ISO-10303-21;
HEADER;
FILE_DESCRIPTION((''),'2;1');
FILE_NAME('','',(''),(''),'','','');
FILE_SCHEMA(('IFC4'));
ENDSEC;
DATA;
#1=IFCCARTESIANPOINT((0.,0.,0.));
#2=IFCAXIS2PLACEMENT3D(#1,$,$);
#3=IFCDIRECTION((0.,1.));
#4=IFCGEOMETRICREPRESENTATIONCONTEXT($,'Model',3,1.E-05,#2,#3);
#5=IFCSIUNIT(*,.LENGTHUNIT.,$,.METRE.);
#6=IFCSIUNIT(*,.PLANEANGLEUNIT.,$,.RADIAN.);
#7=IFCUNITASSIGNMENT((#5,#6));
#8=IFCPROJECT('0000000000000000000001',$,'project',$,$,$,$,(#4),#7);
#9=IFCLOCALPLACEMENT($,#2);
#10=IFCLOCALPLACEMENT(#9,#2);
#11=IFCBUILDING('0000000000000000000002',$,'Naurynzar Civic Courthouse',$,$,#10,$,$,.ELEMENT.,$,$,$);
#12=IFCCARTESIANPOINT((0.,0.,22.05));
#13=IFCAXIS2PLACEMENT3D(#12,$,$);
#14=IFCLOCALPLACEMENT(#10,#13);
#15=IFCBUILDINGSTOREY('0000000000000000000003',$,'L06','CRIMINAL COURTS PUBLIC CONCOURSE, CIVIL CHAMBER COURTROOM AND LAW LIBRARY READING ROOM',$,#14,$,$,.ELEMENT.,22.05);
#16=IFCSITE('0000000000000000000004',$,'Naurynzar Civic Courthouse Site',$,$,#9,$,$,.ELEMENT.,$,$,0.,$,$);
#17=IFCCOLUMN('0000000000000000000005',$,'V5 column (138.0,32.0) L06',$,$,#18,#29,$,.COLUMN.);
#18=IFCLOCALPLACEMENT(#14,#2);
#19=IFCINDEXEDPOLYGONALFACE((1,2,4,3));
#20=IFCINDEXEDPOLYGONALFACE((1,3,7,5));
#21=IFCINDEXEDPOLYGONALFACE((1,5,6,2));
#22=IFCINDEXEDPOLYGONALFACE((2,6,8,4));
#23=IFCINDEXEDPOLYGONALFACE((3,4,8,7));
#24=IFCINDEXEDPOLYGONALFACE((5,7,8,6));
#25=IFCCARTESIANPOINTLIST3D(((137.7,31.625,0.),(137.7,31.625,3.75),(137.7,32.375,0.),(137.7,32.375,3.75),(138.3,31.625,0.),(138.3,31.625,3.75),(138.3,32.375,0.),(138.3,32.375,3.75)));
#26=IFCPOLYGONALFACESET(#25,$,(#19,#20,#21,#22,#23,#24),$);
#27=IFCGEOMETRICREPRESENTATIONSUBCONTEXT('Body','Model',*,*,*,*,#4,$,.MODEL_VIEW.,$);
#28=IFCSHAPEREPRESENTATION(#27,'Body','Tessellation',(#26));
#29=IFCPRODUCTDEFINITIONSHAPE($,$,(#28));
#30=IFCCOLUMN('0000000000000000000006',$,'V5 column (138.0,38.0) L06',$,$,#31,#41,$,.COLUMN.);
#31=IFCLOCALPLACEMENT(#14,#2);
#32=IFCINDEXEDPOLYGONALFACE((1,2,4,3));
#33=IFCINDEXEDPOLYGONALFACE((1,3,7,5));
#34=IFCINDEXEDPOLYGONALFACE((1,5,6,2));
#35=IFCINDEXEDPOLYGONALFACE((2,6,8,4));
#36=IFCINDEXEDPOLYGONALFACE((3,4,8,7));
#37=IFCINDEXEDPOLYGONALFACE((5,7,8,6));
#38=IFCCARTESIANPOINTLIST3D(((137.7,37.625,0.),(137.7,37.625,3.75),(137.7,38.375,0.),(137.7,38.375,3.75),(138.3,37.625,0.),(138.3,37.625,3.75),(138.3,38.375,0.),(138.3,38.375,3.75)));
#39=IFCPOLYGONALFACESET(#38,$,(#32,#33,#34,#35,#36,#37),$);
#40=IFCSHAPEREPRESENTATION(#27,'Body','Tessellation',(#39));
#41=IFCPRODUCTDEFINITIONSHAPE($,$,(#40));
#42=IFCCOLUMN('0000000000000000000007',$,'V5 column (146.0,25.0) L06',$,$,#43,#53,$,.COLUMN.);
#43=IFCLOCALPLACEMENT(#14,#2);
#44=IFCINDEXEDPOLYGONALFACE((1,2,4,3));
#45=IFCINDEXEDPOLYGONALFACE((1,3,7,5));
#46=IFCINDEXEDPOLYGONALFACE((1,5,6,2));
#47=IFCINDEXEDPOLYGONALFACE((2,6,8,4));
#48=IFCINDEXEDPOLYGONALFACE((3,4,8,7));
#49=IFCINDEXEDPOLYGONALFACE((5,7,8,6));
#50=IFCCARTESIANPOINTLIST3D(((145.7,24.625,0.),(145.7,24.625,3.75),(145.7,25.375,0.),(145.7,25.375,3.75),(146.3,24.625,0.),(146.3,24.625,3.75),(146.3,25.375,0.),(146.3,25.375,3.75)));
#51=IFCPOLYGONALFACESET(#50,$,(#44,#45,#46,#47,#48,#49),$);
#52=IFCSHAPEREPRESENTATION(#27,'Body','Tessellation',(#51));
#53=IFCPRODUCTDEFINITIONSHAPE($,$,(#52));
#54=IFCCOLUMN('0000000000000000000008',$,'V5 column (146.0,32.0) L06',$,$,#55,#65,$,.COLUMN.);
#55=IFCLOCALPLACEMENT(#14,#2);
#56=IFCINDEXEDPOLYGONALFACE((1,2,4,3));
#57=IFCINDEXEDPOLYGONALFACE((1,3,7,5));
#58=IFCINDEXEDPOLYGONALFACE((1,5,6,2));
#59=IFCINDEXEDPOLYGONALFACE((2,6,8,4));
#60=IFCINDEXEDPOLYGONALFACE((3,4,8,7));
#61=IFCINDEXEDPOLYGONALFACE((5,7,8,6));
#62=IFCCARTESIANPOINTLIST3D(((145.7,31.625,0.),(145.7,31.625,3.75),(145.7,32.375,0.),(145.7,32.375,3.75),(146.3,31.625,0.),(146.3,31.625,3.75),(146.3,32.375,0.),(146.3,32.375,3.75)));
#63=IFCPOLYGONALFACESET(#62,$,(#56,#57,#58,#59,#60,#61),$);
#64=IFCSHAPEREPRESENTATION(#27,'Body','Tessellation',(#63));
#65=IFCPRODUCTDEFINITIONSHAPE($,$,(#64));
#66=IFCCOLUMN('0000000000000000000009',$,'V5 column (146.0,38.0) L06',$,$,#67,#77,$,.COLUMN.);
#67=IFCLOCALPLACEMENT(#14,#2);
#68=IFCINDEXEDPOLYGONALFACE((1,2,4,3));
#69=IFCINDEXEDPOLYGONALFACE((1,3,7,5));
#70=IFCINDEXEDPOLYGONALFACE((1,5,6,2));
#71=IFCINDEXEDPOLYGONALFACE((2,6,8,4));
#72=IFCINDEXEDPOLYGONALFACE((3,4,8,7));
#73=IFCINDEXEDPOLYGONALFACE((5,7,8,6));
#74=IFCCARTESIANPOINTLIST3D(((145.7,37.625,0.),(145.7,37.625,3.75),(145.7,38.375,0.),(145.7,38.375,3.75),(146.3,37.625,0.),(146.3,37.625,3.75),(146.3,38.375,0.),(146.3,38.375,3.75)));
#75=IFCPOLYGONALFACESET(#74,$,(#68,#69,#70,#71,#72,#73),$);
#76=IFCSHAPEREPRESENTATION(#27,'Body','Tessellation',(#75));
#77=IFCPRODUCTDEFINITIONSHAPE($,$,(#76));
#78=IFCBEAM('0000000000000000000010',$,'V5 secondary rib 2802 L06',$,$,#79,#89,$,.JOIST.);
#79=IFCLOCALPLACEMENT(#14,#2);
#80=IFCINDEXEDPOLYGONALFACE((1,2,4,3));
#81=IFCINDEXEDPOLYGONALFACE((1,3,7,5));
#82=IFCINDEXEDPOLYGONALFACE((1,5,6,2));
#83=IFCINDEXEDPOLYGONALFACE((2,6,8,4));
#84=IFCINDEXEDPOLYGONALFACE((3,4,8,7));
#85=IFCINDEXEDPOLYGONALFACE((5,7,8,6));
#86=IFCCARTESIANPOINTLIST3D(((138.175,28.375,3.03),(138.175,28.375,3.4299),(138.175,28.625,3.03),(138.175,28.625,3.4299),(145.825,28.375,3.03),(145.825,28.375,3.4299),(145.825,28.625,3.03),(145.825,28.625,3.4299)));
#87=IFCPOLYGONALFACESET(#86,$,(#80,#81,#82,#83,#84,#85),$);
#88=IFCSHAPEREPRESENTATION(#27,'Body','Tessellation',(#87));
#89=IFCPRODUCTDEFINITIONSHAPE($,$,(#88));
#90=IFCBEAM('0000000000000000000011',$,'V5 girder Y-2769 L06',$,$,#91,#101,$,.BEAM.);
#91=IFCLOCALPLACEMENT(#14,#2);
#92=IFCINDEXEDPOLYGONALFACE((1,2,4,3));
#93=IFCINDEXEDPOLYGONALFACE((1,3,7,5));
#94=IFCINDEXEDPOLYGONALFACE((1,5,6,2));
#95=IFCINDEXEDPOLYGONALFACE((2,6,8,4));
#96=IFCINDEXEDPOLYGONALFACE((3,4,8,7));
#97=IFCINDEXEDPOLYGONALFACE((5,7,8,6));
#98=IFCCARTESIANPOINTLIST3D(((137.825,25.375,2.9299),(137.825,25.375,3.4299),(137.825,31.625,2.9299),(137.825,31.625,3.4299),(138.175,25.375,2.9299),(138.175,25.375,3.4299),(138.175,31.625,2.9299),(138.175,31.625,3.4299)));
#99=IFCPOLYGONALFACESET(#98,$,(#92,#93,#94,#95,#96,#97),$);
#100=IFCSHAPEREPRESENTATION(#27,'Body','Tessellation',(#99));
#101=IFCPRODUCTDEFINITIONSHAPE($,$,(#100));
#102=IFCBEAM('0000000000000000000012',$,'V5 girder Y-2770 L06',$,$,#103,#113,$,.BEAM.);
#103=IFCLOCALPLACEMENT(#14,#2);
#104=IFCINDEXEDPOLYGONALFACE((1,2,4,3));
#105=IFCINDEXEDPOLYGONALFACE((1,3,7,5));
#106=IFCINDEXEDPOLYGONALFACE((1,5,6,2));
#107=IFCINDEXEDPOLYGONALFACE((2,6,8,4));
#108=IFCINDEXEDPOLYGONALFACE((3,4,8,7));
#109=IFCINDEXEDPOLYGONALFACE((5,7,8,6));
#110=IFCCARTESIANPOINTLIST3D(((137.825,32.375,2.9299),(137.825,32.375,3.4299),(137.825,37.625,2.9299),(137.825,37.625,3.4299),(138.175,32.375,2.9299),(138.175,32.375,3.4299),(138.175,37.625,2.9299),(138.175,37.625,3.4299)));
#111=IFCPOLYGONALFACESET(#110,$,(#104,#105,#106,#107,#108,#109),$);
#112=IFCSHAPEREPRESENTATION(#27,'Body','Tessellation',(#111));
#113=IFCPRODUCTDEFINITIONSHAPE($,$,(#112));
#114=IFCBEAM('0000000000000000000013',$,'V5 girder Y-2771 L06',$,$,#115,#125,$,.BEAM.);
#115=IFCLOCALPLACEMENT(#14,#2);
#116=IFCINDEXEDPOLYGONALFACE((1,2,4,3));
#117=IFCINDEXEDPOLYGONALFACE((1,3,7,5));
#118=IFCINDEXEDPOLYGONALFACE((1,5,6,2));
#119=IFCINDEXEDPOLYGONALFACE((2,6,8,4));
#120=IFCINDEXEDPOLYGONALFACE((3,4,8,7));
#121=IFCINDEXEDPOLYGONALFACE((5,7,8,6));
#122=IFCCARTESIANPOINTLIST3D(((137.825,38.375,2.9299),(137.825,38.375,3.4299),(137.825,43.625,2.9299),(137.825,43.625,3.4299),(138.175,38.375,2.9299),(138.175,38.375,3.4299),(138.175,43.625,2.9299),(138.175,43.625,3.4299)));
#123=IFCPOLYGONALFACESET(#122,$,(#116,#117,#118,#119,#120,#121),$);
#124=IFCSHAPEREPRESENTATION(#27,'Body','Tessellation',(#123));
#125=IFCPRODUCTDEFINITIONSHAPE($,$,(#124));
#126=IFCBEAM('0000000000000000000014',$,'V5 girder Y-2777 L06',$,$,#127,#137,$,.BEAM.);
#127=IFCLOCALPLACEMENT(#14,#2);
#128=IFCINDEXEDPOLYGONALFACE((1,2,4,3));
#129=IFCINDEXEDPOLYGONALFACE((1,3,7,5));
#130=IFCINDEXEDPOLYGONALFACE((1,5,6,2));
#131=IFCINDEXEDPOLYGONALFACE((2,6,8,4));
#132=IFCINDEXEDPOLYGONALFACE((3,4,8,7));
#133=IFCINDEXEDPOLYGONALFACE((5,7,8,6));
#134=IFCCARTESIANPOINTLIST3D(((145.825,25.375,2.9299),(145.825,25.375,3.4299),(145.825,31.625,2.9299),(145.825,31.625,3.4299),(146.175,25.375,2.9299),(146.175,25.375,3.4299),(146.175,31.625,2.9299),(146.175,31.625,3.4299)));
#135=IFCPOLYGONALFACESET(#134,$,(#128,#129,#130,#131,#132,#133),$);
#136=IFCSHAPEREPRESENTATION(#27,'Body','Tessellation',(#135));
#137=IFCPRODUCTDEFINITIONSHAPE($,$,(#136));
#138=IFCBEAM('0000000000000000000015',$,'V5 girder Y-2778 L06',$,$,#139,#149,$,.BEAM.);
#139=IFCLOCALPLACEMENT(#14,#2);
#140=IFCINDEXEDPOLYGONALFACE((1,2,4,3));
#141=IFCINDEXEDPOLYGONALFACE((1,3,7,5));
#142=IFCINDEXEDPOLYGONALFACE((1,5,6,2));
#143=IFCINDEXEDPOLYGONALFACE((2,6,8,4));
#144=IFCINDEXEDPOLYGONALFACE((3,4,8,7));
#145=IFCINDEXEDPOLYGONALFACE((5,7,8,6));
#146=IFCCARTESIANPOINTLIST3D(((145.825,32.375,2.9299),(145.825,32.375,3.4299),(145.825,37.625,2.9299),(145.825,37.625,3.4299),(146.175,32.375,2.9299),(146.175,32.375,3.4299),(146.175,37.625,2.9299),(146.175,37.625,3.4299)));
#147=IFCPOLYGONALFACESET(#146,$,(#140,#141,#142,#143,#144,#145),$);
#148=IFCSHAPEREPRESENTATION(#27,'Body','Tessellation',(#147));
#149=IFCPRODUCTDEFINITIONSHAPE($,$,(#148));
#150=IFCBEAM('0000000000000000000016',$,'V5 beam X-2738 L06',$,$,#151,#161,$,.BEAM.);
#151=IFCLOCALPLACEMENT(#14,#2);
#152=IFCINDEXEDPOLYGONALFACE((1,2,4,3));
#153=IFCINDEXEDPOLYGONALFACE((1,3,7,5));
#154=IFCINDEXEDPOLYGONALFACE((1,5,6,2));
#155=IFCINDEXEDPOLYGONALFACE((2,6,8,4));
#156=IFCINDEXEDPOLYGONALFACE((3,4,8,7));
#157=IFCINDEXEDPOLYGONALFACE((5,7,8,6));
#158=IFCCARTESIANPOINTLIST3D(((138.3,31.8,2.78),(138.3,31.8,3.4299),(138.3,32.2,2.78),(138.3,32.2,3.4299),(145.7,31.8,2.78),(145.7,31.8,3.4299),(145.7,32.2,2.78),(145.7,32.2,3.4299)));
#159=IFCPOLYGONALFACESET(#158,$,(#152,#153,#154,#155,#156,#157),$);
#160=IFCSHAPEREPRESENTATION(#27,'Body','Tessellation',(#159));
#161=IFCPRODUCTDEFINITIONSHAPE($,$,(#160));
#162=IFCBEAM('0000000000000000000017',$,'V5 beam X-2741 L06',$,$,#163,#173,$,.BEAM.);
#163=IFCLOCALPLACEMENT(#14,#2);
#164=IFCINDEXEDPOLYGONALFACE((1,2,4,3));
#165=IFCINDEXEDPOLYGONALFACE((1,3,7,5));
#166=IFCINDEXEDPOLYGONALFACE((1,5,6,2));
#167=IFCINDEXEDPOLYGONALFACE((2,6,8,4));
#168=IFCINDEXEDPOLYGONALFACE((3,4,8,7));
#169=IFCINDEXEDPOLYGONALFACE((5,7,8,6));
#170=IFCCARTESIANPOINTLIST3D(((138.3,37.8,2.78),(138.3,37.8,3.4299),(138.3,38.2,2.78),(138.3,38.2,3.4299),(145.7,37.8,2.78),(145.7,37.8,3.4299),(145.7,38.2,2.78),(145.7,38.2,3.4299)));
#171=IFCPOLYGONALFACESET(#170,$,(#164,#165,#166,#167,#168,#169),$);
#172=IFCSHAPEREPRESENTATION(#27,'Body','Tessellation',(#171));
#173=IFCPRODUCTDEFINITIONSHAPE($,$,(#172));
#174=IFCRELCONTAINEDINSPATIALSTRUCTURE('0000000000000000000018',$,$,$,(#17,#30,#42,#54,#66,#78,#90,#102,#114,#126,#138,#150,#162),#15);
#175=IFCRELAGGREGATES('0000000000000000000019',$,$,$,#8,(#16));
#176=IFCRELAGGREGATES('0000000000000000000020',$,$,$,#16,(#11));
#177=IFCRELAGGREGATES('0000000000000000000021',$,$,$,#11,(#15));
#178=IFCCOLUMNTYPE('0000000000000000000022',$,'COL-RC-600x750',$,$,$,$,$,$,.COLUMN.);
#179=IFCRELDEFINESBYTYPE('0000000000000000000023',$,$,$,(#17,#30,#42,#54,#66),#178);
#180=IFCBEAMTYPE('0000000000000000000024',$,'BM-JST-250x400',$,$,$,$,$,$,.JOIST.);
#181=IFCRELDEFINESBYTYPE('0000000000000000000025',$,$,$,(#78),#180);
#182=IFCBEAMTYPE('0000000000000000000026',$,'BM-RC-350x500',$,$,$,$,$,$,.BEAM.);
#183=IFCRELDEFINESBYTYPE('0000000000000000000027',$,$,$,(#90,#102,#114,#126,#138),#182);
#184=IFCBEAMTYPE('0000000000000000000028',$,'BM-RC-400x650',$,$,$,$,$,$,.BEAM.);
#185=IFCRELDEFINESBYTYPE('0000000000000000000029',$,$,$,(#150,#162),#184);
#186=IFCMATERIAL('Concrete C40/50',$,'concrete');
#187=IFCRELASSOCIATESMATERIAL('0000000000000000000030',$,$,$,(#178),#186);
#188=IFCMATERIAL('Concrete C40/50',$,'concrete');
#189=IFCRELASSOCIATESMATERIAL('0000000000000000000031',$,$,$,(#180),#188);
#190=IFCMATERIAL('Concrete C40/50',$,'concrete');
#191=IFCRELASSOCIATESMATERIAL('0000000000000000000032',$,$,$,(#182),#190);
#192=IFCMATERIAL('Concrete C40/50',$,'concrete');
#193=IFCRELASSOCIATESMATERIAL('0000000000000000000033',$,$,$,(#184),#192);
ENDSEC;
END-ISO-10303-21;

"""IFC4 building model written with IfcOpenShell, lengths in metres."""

from ifc_helpers import new_model, si_unit, direction, frame, origin, origin_2d, place, context, subcontext, project, spatial, rectangle, extrude, material, material_profile, profile_set, type_object, element, save


model = new_model("IFC4")

# Units and contexts
model_context = context("Model", 3, precision=1e-05, world=origin(), true_north=direction((0.0, 1.0)))
body_context = subcontext(model_context, "Body", "Model", "MODEL_VIEW")
ifc_project = project(units=[si_unit("LENGTHUNIT", "METRE"), si_unit("PLANEANGLEUNIT", "RADIAN")], contexts=[model_context])

# Site, building, storey
site_placement = place(None, origin())
site = spatial("IfcSite", under=ifc_project, at=site_placement, Name="Naurynzar Civic Courthouse Site", CompositionType="ELEMENT", RefElevation=0.0)
building_placement = place(site_placement, origin())
building = spatial("IfcBuilding", under=site, at=building_placement, Name="Naurynzar Civic Courthouse", CompositionType="ELEMENT")
storey_placement = place(building_placement, frame((0.0, 0.0, 22.05)))
storey = spatial("IfcBuildingStorey", under=building, at=storey_placement, Name="L06", Description="CRIMINAL COURTS PUBLIC CONCOURSE, CIVIL CHAMBER COURTROOM AND LAW LIBRARY READING ROOM", CompositionType="ELEMENT", Elevation=22.05)

# Columns
ifc_material_1 = material(Name="Concrete C40/50", Category="concrete")
ifc_material_profile_1 = material_profile(ifc_material_1, rectangle(XDim=0.6001, YDim=0.75, at=origin_2d()), Name="RC 600x750")
ifc_profile_set_1 = profile_set([ifc_material_profile_1], Name="Concrete C40/50")
column_type = type_object("IfcColumnType", Name="COL-RC-600x750", PredefinedType="COLUMN", material=ifc_profile_set_1)
for number, where, z_axis, x_axis, name in (
    (1, (138.0, 32.0, 0.0), (0.0, 0.0, 1.0), (1.0, 0.0, 0.0), "V5 column (138.0,32.0) L06"),
    (2, (138.0, 38.0, 0.0), (0.0, 0.0, 1.0), (1.0, 0.0, 0.0), "V5 column (138.0,38.0) L06"),
    (3, (146.0, 25.0, 0.0), (0.0, 0.0, 1.0), (1.0, 0.0, 0.0), "V5 column (146.0,25.0) L06"),
    (4, (146.0, 32.0, 0.0), (0.0, 0.0, 1.0), (1.0, 0.0, 0.0), "V5 column (146.0,32.0) L06"),
    (5, (146.0, 38.0, 0.0), (0.0, 0.0, 1.0), (1.0, 0.0, 0.0), "V5 column (146.0,38.0) L06"),
):
    element("IfcColumn", number, at=place(storey_placement, frame(where, z_axis=z_axis, x_axis=x_axis)), inside=storey, type_object=column_type, Name=name, PredefinedType="COLUMN", context=body_context, shape_type="SweptSolid", body=[
        extrude(rectangle(XDim=0.6001, YDim=0.75, at=origin_2d()), origin(), (0.0, 0.0, 1.0), 3.75),
    ])

# Beams
ifc_material_2 = material(Name="Concrete C40/50", Category="concrete")
ifc_material_profile_2 = material_profile(ifc_material_2, rectangle(XDim=0.25, YDim=0.3999, at=origin_2d()), Name="RCB 250x400")
ifc_profile_set_2 = profile_set([ifc_material_profile_2], Name="Concrete C40/50")
beam_type_1 = type_object("IfcBeamType", Name="BM-JST-250x400", PredefinedType="JOIST", material=ifc_profile_set_2)
beam_1_placement = place(storey_placement, frame((138.175, 28.5, 3.23), z_axis=(1.0, 0.0, 0.0), x_axis=(0.0, 1.0, 0.0)))
element("IfcBeam", 6, at=beam_1_placement, inside=storey, type_object=beam_type_1, Name="V5 secondary rib 2802 L06", PredefinedType="JOIST", context=body_context, shape_type="SweptSolid", body=[
    extrude(rectangle(XDim=0.25, YDim=0.3999, at=origin_2d()), origin(), (0.0, 0.0, 1.0), 7.6499),
])
ifc_material_3 = material(Name="Concrete C40/50", Category="concrete")
ifc_material_profile_3 = material_profile(ifc_material_3, rectangle(XDim=0.3501, YDim=0.5, at=origin_2d()), Name="RCB 350x500")
ifc_profile_set_3 = profile_set([ifc_material_profile_3], Name="Concrete C40/50")
beam_type_2 = type_object("IfcBeamType", Name="BM-RC-350x500", PredefinedType="BEAM", material=ifc_profile_set_3)
beam_2_placement = place(storey_placement, frame((138.0, 25.375, 3.1799), z_axis=(0.0, 1.0, 0.0), x_axis=(-1.0, 0.0, 0.0)))
element("IfcBeam", 7, at=beam_2_placement, inside=storey, type_object=beam_type_2, Name="V5 girder Y-2769 L06", PredefinedType="BEAM", context=body_context, shape_type="SweptSolid", body=[
    extrude(rectangle(XDim=0.3501, YDim=0.5, at=origin_2d()), origin(), (0.0, 0.0, 1.0), 6.25),
])
for number, where, z_axis, x_axis, name in (
    (8, (138.0, 32.375, 3.1799), (0.0, 1.0, 0.0), (-1.0, 0.0, 0.0), "V5 girder Y-2770 L06"),
    (9, (138.0, 38.375, 3.1799), (0.0, 1.0, 0.0), (-1.0, 0.0, 0.0), "V5 girder Y-2771 L06"),
):
    element("IfcBeam", number, at=place(storey_placement, frame(where, z_axis=z_axis, x_axis=x_axis)), inside=storey, type_object=beam_type_2, Name=name, PredefinedType="BEAM", context=body_context, shape_type="SweptSolid", body=[
        extrude(rectangle(XDim=0.3501, YDim=0.5, at=origin_2d()), origin(), (0.0, 0.0, 1.0), 5.25),
    ])
beam_3_placement = place(storey_placement, frame((146.0, 25.375, 3.1799), z_axis=(0.0, 1.0, 0.0), x_axis=(-1.0, 0.0, 0.0)))
element("IfcBeam", 10, at=beam_3_placement, inside=storey, type_object=beam_type_2, Name="V5 girder Y-2777 L06", PredefinedType="BEAM", context=body_context, shape_type="SweptSolid", body=[
    extrude(rectangle(XDim=0.3501, YDim=0.5, at=origin_2d()), origin(), (0.0, 0.0, 1.0), 6.25),
])
beam_4_placement = place(storey_placement, frame((146.0, 32.375, 3.1799), z_axis=(0.0, 1.0, 0.0), x_axis=(-1.0, 0.0, 0.0)))
element("IfcBeam", 11, at=beam_4_placement, inside=storey, type_object=beam_type_2, Name="V5 girder Y-2778 L06", PredefinedType="BEAM", context=body_context, shape_type="SweptSolid", body=[
    extrude(rectangle(XDim=0.3501, YDim=0.5, at=origin_2d()), origin(), (0.0, 0.0, 1.0), 5.25),
])
ifc_material_4 = material(Name="Concrete C40/50", Category="concrete")
ifc_material_profile_4 = material_profile(ifc_material_4, rectangle(XDim=0.3999, YDim=0.6499, at=origin_2d()), Name="RCB 400x650")
ifc_profile_set_4 = profile_set([ifc_material_profile_4], Name="Concrete C40/50")
beam_type_3 = type_object("IfcBeamType", Name="BM-RC-400x650", PredefinedType="BEAM", material=ifc_profile_set_4)
for number, where, z_axis, x_axis, name in (
    (12, (138.3, 32.0, 3.105), (1.0, 0.0, 0.0), (0.0, 1.0, 0.0), "V5 beam X-2738 L06"),
    (13, (138.3, 38.0, 3.105), (1.0, 0.0, 0.0), (0.0, 1.0, 0.0), "V5 beam X-2741 L06"),
):
    element("IfcBeam", number, at=place(storey_placement, frame(where, z_axis=z_axis, x_axis=x_axis)), inside=storey, type_object=beam_type_3, Name=name, PredefinedType="BEAM", context=body_context, shape_type="SweptSolid", body=[
        extrude(rectangle(XDim=0.3999, YDim=0.6499, at=origin_2d()), origin(), (0.0, 0.0, 1.0), 7.3999),
    ])

save(model, "model.ifc")
